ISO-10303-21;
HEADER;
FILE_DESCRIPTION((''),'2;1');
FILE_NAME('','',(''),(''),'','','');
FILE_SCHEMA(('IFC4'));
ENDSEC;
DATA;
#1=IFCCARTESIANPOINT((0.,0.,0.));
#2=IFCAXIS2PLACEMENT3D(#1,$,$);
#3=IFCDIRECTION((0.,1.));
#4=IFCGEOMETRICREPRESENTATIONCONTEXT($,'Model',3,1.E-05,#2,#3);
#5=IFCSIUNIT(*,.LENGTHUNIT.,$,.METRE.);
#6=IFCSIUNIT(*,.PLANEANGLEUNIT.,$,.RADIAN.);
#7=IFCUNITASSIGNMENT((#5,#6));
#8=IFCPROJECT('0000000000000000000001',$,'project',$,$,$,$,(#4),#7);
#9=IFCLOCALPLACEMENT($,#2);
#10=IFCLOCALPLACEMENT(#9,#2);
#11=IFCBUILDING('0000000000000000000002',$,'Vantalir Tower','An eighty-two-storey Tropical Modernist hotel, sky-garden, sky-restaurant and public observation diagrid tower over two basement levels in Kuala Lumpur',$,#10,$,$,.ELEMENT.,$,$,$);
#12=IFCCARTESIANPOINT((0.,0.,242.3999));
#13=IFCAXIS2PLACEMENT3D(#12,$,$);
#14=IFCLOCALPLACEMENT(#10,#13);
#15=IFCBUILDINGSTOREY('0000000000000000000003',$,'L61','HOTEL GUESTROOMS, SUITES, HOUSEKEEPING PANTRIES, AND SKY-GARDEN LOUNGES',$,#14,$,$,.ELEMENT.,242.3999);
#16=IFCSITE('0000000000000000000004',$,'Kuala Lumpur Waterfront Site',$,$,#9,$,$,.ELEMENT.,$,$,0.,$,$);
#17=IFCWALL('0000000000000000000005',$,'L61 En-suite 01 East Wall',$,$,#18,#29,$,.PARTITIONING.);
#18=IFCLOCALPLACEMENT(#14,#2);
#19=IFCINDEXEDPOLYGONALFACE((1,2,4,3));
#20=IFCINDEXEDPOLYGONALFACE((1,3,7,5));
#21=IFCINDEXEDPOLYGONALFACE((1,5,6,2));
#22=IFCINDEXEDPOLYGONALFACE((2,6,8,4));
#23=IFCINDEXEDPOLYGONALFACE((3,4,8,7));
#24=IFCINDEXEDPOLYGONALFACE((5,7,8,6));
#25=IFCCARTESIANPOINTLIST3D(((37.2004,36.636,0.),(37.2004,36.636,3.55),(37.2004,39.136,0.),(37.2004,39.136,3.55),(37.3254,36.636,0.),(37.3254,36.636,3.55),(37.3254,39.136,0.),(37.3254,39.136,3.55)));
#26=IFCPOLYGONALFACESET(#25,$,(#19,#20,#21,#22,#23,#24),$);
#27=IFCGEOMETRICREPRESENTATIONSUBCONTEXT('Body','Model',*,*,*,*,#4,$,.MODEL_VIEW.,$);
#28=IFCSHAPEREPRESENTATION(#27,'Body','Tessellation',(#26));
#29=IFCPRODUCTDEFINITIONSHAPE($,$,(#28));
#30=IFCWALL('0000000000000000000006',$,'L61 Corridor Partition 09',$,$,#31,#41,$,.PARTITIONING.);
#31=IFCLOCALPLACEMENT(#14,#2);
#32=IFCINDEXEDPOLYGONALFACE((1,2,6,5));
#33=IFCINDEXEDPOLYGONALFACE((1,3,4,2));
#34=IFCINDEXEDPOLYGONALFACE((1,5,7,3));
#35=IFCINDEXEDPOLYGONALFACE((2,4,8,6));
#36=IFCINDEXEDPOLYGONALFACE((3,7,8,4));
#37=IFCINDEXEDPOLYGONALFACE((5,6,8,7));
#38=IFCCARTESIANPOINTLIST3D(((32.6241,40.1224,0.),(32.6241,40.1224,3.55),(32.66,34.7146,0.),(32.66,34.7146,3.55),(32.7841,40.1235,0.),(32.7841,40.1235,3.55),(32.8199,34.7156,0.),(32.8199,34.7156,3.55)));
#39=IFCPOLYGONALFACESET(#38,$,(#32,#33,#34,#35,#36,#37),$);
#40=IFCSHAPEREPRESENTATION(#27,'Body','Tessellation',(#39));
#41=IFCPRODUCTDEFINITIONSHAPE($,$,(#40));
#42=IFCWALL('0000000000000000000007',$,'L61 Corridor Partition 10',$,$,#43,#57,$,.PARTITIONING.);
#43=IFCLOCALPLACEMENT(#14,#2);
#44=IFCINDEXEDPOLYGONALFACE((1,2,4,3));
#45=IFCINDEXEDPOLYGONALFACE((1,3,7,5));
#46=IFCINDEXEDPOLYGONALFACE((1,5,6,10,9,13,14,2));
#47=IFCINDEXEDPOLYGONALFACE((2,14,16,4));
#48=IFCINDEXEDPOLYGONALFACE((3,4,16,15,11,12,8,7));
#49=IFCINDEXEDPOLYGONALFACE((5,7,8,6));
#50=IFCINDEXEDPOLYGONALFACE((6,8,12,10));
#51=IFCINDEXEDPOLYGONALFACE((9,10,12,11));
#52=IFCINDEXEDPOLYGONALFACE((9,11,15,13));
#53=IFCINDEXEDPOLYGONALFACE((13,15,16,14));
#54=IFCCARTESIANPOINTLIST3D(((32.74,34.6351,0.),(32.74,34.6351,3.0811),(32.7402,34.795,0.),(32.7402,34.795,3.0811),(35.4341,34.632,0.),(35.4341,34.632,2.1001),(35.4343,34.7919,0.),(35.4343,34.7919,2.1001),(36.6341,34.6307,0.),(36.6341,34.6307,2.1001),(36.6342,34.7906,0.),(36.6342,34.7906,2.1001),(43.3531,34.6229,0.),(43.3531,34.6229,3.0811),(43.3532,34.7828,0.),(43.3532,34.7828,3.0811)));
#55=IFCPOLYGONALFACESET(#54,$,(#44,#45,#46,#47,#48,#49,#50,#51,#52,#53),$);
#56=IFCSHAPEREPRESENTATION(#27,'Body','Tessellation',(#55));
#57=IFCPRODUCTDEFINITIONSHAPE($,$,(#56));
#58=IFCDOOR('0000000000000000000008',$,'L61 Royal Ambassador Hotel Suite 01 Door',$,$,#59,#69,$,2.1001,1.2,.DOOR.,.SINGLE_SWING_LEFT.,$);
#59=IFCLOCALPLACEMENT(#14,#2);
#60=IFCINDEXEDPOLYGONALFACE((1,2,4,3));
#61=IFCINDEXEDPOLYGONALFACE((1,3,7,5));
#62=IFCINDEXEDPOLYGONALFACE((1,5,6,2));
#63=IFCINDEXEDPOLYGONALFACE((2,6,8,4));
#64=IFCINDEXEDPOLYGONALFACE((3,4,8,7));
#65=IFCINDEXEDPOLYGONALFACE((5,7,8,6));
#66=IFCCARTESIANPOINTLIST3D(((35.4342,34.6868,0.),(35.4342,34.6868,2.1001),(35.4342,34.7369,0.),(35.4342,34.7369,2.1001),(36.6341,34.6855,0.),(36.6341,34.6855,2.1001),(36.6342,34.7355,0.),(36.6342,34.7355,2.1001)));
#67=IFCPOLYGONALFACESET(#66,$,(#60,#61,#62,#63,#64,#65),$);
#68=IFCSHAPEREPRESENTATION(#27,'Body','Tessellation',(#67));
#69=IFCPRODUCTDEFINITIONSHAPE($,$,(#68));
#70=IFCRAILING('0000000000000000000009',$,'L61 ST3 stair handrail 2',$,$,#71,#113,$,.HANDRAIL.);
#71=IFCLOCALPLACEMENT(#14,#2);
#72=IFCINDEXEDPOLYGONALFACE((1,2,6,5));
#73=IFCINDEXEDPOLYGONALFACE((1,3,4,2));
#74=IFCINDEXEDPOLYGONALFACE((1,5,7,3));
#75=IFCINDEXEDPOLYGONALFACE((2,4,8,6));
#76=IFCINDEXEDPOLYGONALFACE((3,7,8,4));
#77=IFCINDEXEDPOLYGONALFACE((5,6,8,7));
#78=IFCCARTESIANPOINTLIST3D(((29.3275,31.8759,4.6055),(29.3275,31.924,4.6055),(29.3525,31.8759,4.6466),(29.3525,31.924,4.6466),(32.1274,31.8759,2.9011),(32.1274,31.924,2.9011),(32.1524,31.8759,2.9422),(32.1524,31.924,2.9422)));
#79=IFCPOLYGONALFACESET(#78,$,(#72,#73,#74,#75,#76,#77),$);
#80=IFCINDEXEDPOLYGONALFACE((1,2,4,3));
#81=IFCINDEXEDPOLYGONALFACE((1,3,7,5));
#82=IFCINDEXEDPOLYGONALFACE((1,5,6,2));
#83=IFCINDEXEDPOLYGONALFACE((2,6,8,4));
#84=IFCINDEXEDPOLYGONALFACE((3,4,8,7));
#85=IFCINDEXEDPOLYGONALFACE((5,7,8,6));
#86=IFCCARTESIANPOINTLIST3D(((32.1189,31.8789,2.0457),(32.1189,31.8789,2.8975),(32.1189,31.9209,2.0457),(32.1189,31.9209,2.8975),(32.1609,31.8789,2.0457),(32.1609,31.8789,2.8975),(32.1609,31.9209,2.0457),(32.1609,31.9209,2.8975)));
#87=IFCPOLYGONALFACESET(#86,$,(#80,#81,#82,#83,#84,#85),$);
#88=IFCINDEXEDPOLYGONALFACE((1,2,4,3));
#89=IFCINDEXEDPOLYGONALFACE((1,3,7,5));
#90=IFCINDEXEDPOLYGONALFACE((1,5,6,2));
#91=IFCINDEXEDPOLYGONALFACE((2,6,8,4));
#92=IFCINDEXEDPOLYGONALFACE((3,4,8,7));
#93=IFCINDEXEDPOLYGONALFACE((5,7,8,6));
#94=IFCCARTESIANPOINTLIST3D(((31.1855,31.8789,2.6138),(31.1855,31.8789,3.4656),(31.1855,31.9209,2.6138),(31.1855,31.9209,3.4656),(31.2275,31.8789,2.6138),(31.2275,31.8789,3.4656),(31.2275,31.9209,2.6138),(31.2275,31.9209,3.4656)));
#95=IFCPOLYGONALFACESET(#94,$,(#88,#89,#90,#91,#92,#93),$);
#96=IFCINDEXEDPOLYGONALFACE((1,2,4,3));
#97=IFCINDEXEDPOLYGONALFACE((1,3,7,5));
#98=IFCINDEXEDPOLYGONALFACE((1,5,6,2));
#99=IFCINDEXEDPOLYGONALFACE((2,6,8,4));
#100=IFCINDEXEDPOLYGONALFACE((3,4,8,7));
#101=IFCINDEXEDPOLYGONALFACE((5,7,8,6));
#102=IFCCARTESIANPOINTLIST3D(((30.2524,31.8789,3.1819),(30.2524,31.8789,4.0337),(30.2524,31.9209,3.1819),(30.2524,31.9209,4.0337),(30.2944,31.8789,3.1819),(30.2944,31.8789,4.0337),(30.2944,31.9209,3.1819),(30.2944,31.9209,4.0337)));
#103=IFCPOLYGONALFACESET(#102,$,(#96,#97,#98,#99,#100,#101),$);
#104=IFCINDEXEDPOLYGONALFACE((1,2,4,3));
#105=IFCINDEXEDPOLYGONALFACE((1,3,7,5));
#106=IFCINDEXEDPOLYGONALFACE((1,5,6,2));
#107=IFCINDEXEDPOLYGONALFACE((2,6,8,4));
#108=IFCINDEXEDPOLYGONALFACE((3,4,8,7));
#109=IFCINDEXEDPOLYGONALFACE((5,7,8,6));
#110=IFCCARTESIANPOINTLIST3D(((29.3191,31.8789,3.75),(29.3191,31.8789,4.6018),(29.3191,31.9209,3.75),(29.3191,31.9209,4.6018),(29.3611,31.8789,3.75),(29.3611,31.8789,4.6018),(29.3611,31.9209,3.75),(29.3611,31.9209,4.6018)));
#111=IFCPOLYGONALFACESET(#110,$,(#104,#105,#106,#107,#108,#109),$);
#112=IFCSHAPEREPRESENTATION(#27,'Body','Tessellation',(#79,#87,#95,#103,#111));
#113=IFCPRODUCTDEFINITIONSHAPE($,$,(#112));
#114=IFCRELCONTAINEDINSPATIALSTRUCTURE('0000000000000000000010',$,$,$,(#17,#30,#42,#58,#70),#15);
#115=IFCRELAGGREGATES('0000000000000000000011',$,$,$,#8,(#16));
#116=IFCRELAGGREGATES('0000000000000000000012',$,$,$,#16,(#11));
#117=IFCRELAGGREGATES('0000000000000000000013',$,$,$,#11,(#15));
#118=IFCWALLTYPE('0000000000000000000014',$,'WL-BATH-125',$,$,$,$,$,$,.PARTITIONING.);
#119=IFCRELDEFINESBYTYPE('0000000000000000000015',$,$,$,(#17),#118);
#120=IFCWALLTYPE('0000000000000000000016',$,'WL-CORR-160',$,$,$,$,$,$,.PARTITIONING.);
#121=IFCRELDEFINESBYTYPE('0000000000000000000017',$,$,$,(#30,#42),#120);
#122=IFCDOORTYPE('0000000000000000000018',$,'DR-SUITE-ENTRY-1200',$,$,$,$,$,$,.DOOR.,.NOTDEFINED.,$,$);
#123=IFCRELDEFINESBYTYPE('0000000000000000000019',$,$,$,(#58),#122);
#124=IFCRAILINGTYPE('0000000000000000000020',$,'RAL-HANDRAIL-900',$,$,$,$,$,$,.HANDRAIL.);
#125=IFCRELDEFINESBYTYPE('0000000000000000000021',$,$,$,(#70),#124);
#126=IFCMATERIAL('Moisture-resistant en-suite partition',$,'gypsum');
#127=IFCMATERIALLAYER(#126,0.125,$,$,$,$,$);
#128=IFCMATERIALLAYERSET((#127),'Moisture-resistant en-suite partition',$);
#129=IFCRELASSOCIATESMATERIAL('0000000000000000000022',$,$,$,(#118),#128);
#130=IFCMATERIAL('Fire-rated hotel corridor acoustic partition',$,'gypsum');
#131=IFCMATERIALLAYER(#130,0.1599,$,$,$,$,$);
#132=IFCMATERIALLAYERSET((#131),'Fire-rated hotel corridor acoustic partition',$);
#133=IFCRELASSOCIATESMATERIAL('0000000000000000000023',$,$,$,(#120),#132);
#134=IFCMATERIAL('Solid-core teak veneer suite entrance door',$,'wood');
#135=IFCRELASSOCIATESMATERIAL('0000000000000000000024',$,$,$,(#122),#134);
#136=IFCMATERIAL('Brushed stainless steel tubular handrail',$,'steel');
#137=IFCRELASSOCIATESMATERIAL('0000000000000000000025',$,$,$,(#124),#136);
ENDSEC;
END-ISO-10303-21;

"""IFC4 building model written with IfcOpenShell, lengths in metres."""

from ifc_helpers import new_model, si_unit, direction, frame, frame_2d, origin, origin_2d, place, context, subcontext, project, spatial, rectangle, extrude, material, layer, layer_set, type_object, element, fill, save


model = new_model("IFC4")

# Units and contexts
model_context = context("Model", 3, precision=1e-05, world=origin(), true_north=direction((0.0, 1.0)))
body_context = subcontext(model_context, "Body", "Model", "MODEL_VIEW")
ifc_project = project(units=[si_unit("LENGTHUNIT", "METRE"), si_unit("PLANEANGLEUNIT", "RADIAN")], contexts=[model_context])

# Site, building, storey
site_placement = place(None, origin())
site = spatial("IfcSite", under=ifc_project, at=site_placement, Name="Kuala Lumpur Waterfront Site", CompositionType="ELEMENT", RefElevation=0.0)
building_placement = place(site_placement, origin())
building = spatial("IfcBuilding", under=site, at=building_placement, Name="Vantalir Tower", Description="An eighty-two-storey Tropical Modernist hotel, sky-garden, sky-restaurant and public observation diagrid tower over two basement levels in Kuala Lumpur", CompositionType="ELEMENT")
storey_placement = place(building_placement, frame((0.0, 0.0, 242.3999)))
storey = spatial("IfcBuildingStorey", under=building, at=storey_placement, Name="L61", Description="HOTEL GUESTROOMS, SUITES, HOUSEKEEPING PANTRIES, AND SKY-GARDEN LOUNGES", CompositionType="ELEMENT", Elevation=242.3999)

# Shared definitions
ifc_material_1 = material(Name="Moisture-resistant en-suite partition", Category="gypsum")
ifc_layer_1 = layer(ifc_material_1, 0.125)
ifc_layer_set_1 = layer_set([ifc_layer_1], Name="Moisture-resistant en-suite partition")
wall_type_1 = type_object("IfcWallType", Name="WL-BATH-125", PredefinedType="PARTITIONING", material=ifc_layer_set_1)

# Walls
for number, where, z_axis, x_axis, name in (
    (1, (37.2629, 36.636, 0.0), (0.0, 0.0, 1.0), (0.0, 1.0, 0.0), "L61 En-suite 01 East Wall"),
):
    element("IfcWall", number, at=place(storey_placement, frame(where, z_axis=z_axis, x_axis=x_axis)), inside=storey, type_object=wall_type_1, Name=name, PredefinedType="PARTITIONING", context=body_context, shape_type="SweptSolid", body=[
        extrude(rectangle(XDim=2.5, YDim=0.125, at=frame_2d((1.25, 0.0))), origin(), (0.0, 0.0, 1.0), 3.55),
    ])
ifc_material_2 = material(Name="Fire-rated hotel corridor acoustic partition", Category="gypsum")
ifc_layer_2 = layer(ifc_material_2, 0.1599)
ifc_layer_set_2 = layer_set([ifc_layer_2], Name="Fire-rated hotel corridor acoustic partition")
wall_type_2 = type_object("IfcWallType", Name="WL-CORR-160", PredefinedType="PARTITIONING", material=ifc_layer_set_2)
wall_1_placement = place(storey_placement, frame((32.7041, 40.123, 0.0), z_axis=(0.0, 0.0, 1.0), x_axis=(0.006636, -0.999978, 0.0)))
element("IfcWall", 2, at=wall_1_placement, inside=storey, type_object=wall_type_2, Name="L61 Corridor Partition 09", PredefinedType="PARTITIONING", context=body_context, shape_type="SweptSolid", body=[
    extrude(rectangle(XDim=5.408, YDim=0.1599, at=frame_2d((2.7041, 0.0))), origin(), (0.0, 0.0, 1.0), 3.55),
])

# Wall, opening, door
wall_2_placement = place(storey_placement, frame((32.74, 34.7151, 0.0), z_axis=(0.0, 0.0, 1.0), x_axis=(0.999999, -0.00115, 0.0)))
wall_2 = element("IfcWall", 3, at=wall_2_placement, inside=storey, type_object=wall_type_2, Name="L61 Corridor Partition 10", PredefinedType="PARTITIONING", context=body_context, shape_type="SweptSolid", body=[
    extrude(rectangle(XDim=10.613, YDim=0.1599, at=frame_2d((5.3066, 0.0))), origin(), (0.0, 0.0, 1.0), 3.0811),
])
opening_1_placement = place(wall_2_placement, frame((2.6941, 0.0, 0.0)))
opening_1 = element("IfcOpeningElement", 4, at=opening_1_placement, cuts=wall_2, PredefinedType="OPENING", context=body_context, shape_type="SweptSolid", body=[
    extrude(rectangle(XDim=1.2, YDim=2.1001, at=frame_2d((0.6001, 1.05))), frame((0.0, 0.0898, 0.0), z_axis=(0.0, -1.0, 0.0), x_axis=(1.0, 0.0, 0.0)), (0.0, 0.0, 1.0), 0.1799),
])
ifc_material_3 = material(Name="Solid-core teak veneer suite entrance door", Category="wood")
door_type_1 = type_object("IfcDoorType", Name="DR-SUITE-ENTRY-1200", OperationType="NOTDEFINED", PredefinedType="DOOR", material=ifc_material_3)
door_1_placement = place(opening_1_placement, origin())
door_1 = element("IfcDoor", 5, at=door_1_placement, inside=storey, type_object=door_type_1, Name="L61 Royal Ambassador Hotel Suite 01 Door", OperationType="SINGLE_SWING_LEFT", OverallHeight=2.1001, OverallWidth=1.2, PredefinedType="DOOR", context=body_context, shape_type="SweptSolid", body=[
    extrude(rectangle(XDim=1.2, YDim=2.1001, at=frame_2d((0.6001, 1.05))), frame((0.0, 0.0249, 0.0), z_axis=(0.0, -1.0, 0.0), x_axis=(1.0, 0.0, 0.0)), (0.0, 0.0, 1.0), 0.05),
])
fill(opening_1, door_1)

# Railing
ifc_material_4 = material(Name="Brushed stainless steel tubular handrail", Category="steel")
railing_type = type_object("IfcRailingType", Name="RAL-HANDRAIL-900", PredefinedType="HANDRAIL", material=ifc_material_4)
railing_placement = place(storey_placement, frame((32.1399, 31.8999, 2.0457)))
element("IfcRailing", 6, at=railing_placement, inside=storey, type_object=railing_type, Name="L61 ST3 stair handrail 2", PredefinedType="HANDRAIL", context=body_context, shape_type="SweptSolid", body=[
    extrude(rectangle(XDim=0.0481, YDim=0.0481, at=origin_2d()), frame((0.0, 0.0, 0.876), z_axis=(-0.854183, 0.0, 0.519973), x_axis=(0.0, -1.0, 0.0)), (0.0, 0.0, 1.0), 3.2778),
    extrude(rectangle(XDim=0.042, YDim=0.042, at=origin_2d()), origin(), (0.0, 0.0, 1.0), 0.8518),
    extrude(rectangle(XDim=0.042, YDim=0.042, at=origin_2d()), frame((-0.9333, 0.0, 0.5681)), (0.0, 0.0, 1.0), 0.8518),
    extrude(rectangle(XDim=0.042, YDim=0.042, at=origin_2d()), frame((-1.8665, 0.0, 1.1362)), (0.0, 0.0, 1.0), 0.8518),
    extrude(rectangle(XDim=0.042, YDim=0.042, at=origin_2d()), frame((-2.7998, 0.0, 1.7043)), (0.0, 0.0, 1.0), 0.8518),
])

save(model, "model.ifc")
